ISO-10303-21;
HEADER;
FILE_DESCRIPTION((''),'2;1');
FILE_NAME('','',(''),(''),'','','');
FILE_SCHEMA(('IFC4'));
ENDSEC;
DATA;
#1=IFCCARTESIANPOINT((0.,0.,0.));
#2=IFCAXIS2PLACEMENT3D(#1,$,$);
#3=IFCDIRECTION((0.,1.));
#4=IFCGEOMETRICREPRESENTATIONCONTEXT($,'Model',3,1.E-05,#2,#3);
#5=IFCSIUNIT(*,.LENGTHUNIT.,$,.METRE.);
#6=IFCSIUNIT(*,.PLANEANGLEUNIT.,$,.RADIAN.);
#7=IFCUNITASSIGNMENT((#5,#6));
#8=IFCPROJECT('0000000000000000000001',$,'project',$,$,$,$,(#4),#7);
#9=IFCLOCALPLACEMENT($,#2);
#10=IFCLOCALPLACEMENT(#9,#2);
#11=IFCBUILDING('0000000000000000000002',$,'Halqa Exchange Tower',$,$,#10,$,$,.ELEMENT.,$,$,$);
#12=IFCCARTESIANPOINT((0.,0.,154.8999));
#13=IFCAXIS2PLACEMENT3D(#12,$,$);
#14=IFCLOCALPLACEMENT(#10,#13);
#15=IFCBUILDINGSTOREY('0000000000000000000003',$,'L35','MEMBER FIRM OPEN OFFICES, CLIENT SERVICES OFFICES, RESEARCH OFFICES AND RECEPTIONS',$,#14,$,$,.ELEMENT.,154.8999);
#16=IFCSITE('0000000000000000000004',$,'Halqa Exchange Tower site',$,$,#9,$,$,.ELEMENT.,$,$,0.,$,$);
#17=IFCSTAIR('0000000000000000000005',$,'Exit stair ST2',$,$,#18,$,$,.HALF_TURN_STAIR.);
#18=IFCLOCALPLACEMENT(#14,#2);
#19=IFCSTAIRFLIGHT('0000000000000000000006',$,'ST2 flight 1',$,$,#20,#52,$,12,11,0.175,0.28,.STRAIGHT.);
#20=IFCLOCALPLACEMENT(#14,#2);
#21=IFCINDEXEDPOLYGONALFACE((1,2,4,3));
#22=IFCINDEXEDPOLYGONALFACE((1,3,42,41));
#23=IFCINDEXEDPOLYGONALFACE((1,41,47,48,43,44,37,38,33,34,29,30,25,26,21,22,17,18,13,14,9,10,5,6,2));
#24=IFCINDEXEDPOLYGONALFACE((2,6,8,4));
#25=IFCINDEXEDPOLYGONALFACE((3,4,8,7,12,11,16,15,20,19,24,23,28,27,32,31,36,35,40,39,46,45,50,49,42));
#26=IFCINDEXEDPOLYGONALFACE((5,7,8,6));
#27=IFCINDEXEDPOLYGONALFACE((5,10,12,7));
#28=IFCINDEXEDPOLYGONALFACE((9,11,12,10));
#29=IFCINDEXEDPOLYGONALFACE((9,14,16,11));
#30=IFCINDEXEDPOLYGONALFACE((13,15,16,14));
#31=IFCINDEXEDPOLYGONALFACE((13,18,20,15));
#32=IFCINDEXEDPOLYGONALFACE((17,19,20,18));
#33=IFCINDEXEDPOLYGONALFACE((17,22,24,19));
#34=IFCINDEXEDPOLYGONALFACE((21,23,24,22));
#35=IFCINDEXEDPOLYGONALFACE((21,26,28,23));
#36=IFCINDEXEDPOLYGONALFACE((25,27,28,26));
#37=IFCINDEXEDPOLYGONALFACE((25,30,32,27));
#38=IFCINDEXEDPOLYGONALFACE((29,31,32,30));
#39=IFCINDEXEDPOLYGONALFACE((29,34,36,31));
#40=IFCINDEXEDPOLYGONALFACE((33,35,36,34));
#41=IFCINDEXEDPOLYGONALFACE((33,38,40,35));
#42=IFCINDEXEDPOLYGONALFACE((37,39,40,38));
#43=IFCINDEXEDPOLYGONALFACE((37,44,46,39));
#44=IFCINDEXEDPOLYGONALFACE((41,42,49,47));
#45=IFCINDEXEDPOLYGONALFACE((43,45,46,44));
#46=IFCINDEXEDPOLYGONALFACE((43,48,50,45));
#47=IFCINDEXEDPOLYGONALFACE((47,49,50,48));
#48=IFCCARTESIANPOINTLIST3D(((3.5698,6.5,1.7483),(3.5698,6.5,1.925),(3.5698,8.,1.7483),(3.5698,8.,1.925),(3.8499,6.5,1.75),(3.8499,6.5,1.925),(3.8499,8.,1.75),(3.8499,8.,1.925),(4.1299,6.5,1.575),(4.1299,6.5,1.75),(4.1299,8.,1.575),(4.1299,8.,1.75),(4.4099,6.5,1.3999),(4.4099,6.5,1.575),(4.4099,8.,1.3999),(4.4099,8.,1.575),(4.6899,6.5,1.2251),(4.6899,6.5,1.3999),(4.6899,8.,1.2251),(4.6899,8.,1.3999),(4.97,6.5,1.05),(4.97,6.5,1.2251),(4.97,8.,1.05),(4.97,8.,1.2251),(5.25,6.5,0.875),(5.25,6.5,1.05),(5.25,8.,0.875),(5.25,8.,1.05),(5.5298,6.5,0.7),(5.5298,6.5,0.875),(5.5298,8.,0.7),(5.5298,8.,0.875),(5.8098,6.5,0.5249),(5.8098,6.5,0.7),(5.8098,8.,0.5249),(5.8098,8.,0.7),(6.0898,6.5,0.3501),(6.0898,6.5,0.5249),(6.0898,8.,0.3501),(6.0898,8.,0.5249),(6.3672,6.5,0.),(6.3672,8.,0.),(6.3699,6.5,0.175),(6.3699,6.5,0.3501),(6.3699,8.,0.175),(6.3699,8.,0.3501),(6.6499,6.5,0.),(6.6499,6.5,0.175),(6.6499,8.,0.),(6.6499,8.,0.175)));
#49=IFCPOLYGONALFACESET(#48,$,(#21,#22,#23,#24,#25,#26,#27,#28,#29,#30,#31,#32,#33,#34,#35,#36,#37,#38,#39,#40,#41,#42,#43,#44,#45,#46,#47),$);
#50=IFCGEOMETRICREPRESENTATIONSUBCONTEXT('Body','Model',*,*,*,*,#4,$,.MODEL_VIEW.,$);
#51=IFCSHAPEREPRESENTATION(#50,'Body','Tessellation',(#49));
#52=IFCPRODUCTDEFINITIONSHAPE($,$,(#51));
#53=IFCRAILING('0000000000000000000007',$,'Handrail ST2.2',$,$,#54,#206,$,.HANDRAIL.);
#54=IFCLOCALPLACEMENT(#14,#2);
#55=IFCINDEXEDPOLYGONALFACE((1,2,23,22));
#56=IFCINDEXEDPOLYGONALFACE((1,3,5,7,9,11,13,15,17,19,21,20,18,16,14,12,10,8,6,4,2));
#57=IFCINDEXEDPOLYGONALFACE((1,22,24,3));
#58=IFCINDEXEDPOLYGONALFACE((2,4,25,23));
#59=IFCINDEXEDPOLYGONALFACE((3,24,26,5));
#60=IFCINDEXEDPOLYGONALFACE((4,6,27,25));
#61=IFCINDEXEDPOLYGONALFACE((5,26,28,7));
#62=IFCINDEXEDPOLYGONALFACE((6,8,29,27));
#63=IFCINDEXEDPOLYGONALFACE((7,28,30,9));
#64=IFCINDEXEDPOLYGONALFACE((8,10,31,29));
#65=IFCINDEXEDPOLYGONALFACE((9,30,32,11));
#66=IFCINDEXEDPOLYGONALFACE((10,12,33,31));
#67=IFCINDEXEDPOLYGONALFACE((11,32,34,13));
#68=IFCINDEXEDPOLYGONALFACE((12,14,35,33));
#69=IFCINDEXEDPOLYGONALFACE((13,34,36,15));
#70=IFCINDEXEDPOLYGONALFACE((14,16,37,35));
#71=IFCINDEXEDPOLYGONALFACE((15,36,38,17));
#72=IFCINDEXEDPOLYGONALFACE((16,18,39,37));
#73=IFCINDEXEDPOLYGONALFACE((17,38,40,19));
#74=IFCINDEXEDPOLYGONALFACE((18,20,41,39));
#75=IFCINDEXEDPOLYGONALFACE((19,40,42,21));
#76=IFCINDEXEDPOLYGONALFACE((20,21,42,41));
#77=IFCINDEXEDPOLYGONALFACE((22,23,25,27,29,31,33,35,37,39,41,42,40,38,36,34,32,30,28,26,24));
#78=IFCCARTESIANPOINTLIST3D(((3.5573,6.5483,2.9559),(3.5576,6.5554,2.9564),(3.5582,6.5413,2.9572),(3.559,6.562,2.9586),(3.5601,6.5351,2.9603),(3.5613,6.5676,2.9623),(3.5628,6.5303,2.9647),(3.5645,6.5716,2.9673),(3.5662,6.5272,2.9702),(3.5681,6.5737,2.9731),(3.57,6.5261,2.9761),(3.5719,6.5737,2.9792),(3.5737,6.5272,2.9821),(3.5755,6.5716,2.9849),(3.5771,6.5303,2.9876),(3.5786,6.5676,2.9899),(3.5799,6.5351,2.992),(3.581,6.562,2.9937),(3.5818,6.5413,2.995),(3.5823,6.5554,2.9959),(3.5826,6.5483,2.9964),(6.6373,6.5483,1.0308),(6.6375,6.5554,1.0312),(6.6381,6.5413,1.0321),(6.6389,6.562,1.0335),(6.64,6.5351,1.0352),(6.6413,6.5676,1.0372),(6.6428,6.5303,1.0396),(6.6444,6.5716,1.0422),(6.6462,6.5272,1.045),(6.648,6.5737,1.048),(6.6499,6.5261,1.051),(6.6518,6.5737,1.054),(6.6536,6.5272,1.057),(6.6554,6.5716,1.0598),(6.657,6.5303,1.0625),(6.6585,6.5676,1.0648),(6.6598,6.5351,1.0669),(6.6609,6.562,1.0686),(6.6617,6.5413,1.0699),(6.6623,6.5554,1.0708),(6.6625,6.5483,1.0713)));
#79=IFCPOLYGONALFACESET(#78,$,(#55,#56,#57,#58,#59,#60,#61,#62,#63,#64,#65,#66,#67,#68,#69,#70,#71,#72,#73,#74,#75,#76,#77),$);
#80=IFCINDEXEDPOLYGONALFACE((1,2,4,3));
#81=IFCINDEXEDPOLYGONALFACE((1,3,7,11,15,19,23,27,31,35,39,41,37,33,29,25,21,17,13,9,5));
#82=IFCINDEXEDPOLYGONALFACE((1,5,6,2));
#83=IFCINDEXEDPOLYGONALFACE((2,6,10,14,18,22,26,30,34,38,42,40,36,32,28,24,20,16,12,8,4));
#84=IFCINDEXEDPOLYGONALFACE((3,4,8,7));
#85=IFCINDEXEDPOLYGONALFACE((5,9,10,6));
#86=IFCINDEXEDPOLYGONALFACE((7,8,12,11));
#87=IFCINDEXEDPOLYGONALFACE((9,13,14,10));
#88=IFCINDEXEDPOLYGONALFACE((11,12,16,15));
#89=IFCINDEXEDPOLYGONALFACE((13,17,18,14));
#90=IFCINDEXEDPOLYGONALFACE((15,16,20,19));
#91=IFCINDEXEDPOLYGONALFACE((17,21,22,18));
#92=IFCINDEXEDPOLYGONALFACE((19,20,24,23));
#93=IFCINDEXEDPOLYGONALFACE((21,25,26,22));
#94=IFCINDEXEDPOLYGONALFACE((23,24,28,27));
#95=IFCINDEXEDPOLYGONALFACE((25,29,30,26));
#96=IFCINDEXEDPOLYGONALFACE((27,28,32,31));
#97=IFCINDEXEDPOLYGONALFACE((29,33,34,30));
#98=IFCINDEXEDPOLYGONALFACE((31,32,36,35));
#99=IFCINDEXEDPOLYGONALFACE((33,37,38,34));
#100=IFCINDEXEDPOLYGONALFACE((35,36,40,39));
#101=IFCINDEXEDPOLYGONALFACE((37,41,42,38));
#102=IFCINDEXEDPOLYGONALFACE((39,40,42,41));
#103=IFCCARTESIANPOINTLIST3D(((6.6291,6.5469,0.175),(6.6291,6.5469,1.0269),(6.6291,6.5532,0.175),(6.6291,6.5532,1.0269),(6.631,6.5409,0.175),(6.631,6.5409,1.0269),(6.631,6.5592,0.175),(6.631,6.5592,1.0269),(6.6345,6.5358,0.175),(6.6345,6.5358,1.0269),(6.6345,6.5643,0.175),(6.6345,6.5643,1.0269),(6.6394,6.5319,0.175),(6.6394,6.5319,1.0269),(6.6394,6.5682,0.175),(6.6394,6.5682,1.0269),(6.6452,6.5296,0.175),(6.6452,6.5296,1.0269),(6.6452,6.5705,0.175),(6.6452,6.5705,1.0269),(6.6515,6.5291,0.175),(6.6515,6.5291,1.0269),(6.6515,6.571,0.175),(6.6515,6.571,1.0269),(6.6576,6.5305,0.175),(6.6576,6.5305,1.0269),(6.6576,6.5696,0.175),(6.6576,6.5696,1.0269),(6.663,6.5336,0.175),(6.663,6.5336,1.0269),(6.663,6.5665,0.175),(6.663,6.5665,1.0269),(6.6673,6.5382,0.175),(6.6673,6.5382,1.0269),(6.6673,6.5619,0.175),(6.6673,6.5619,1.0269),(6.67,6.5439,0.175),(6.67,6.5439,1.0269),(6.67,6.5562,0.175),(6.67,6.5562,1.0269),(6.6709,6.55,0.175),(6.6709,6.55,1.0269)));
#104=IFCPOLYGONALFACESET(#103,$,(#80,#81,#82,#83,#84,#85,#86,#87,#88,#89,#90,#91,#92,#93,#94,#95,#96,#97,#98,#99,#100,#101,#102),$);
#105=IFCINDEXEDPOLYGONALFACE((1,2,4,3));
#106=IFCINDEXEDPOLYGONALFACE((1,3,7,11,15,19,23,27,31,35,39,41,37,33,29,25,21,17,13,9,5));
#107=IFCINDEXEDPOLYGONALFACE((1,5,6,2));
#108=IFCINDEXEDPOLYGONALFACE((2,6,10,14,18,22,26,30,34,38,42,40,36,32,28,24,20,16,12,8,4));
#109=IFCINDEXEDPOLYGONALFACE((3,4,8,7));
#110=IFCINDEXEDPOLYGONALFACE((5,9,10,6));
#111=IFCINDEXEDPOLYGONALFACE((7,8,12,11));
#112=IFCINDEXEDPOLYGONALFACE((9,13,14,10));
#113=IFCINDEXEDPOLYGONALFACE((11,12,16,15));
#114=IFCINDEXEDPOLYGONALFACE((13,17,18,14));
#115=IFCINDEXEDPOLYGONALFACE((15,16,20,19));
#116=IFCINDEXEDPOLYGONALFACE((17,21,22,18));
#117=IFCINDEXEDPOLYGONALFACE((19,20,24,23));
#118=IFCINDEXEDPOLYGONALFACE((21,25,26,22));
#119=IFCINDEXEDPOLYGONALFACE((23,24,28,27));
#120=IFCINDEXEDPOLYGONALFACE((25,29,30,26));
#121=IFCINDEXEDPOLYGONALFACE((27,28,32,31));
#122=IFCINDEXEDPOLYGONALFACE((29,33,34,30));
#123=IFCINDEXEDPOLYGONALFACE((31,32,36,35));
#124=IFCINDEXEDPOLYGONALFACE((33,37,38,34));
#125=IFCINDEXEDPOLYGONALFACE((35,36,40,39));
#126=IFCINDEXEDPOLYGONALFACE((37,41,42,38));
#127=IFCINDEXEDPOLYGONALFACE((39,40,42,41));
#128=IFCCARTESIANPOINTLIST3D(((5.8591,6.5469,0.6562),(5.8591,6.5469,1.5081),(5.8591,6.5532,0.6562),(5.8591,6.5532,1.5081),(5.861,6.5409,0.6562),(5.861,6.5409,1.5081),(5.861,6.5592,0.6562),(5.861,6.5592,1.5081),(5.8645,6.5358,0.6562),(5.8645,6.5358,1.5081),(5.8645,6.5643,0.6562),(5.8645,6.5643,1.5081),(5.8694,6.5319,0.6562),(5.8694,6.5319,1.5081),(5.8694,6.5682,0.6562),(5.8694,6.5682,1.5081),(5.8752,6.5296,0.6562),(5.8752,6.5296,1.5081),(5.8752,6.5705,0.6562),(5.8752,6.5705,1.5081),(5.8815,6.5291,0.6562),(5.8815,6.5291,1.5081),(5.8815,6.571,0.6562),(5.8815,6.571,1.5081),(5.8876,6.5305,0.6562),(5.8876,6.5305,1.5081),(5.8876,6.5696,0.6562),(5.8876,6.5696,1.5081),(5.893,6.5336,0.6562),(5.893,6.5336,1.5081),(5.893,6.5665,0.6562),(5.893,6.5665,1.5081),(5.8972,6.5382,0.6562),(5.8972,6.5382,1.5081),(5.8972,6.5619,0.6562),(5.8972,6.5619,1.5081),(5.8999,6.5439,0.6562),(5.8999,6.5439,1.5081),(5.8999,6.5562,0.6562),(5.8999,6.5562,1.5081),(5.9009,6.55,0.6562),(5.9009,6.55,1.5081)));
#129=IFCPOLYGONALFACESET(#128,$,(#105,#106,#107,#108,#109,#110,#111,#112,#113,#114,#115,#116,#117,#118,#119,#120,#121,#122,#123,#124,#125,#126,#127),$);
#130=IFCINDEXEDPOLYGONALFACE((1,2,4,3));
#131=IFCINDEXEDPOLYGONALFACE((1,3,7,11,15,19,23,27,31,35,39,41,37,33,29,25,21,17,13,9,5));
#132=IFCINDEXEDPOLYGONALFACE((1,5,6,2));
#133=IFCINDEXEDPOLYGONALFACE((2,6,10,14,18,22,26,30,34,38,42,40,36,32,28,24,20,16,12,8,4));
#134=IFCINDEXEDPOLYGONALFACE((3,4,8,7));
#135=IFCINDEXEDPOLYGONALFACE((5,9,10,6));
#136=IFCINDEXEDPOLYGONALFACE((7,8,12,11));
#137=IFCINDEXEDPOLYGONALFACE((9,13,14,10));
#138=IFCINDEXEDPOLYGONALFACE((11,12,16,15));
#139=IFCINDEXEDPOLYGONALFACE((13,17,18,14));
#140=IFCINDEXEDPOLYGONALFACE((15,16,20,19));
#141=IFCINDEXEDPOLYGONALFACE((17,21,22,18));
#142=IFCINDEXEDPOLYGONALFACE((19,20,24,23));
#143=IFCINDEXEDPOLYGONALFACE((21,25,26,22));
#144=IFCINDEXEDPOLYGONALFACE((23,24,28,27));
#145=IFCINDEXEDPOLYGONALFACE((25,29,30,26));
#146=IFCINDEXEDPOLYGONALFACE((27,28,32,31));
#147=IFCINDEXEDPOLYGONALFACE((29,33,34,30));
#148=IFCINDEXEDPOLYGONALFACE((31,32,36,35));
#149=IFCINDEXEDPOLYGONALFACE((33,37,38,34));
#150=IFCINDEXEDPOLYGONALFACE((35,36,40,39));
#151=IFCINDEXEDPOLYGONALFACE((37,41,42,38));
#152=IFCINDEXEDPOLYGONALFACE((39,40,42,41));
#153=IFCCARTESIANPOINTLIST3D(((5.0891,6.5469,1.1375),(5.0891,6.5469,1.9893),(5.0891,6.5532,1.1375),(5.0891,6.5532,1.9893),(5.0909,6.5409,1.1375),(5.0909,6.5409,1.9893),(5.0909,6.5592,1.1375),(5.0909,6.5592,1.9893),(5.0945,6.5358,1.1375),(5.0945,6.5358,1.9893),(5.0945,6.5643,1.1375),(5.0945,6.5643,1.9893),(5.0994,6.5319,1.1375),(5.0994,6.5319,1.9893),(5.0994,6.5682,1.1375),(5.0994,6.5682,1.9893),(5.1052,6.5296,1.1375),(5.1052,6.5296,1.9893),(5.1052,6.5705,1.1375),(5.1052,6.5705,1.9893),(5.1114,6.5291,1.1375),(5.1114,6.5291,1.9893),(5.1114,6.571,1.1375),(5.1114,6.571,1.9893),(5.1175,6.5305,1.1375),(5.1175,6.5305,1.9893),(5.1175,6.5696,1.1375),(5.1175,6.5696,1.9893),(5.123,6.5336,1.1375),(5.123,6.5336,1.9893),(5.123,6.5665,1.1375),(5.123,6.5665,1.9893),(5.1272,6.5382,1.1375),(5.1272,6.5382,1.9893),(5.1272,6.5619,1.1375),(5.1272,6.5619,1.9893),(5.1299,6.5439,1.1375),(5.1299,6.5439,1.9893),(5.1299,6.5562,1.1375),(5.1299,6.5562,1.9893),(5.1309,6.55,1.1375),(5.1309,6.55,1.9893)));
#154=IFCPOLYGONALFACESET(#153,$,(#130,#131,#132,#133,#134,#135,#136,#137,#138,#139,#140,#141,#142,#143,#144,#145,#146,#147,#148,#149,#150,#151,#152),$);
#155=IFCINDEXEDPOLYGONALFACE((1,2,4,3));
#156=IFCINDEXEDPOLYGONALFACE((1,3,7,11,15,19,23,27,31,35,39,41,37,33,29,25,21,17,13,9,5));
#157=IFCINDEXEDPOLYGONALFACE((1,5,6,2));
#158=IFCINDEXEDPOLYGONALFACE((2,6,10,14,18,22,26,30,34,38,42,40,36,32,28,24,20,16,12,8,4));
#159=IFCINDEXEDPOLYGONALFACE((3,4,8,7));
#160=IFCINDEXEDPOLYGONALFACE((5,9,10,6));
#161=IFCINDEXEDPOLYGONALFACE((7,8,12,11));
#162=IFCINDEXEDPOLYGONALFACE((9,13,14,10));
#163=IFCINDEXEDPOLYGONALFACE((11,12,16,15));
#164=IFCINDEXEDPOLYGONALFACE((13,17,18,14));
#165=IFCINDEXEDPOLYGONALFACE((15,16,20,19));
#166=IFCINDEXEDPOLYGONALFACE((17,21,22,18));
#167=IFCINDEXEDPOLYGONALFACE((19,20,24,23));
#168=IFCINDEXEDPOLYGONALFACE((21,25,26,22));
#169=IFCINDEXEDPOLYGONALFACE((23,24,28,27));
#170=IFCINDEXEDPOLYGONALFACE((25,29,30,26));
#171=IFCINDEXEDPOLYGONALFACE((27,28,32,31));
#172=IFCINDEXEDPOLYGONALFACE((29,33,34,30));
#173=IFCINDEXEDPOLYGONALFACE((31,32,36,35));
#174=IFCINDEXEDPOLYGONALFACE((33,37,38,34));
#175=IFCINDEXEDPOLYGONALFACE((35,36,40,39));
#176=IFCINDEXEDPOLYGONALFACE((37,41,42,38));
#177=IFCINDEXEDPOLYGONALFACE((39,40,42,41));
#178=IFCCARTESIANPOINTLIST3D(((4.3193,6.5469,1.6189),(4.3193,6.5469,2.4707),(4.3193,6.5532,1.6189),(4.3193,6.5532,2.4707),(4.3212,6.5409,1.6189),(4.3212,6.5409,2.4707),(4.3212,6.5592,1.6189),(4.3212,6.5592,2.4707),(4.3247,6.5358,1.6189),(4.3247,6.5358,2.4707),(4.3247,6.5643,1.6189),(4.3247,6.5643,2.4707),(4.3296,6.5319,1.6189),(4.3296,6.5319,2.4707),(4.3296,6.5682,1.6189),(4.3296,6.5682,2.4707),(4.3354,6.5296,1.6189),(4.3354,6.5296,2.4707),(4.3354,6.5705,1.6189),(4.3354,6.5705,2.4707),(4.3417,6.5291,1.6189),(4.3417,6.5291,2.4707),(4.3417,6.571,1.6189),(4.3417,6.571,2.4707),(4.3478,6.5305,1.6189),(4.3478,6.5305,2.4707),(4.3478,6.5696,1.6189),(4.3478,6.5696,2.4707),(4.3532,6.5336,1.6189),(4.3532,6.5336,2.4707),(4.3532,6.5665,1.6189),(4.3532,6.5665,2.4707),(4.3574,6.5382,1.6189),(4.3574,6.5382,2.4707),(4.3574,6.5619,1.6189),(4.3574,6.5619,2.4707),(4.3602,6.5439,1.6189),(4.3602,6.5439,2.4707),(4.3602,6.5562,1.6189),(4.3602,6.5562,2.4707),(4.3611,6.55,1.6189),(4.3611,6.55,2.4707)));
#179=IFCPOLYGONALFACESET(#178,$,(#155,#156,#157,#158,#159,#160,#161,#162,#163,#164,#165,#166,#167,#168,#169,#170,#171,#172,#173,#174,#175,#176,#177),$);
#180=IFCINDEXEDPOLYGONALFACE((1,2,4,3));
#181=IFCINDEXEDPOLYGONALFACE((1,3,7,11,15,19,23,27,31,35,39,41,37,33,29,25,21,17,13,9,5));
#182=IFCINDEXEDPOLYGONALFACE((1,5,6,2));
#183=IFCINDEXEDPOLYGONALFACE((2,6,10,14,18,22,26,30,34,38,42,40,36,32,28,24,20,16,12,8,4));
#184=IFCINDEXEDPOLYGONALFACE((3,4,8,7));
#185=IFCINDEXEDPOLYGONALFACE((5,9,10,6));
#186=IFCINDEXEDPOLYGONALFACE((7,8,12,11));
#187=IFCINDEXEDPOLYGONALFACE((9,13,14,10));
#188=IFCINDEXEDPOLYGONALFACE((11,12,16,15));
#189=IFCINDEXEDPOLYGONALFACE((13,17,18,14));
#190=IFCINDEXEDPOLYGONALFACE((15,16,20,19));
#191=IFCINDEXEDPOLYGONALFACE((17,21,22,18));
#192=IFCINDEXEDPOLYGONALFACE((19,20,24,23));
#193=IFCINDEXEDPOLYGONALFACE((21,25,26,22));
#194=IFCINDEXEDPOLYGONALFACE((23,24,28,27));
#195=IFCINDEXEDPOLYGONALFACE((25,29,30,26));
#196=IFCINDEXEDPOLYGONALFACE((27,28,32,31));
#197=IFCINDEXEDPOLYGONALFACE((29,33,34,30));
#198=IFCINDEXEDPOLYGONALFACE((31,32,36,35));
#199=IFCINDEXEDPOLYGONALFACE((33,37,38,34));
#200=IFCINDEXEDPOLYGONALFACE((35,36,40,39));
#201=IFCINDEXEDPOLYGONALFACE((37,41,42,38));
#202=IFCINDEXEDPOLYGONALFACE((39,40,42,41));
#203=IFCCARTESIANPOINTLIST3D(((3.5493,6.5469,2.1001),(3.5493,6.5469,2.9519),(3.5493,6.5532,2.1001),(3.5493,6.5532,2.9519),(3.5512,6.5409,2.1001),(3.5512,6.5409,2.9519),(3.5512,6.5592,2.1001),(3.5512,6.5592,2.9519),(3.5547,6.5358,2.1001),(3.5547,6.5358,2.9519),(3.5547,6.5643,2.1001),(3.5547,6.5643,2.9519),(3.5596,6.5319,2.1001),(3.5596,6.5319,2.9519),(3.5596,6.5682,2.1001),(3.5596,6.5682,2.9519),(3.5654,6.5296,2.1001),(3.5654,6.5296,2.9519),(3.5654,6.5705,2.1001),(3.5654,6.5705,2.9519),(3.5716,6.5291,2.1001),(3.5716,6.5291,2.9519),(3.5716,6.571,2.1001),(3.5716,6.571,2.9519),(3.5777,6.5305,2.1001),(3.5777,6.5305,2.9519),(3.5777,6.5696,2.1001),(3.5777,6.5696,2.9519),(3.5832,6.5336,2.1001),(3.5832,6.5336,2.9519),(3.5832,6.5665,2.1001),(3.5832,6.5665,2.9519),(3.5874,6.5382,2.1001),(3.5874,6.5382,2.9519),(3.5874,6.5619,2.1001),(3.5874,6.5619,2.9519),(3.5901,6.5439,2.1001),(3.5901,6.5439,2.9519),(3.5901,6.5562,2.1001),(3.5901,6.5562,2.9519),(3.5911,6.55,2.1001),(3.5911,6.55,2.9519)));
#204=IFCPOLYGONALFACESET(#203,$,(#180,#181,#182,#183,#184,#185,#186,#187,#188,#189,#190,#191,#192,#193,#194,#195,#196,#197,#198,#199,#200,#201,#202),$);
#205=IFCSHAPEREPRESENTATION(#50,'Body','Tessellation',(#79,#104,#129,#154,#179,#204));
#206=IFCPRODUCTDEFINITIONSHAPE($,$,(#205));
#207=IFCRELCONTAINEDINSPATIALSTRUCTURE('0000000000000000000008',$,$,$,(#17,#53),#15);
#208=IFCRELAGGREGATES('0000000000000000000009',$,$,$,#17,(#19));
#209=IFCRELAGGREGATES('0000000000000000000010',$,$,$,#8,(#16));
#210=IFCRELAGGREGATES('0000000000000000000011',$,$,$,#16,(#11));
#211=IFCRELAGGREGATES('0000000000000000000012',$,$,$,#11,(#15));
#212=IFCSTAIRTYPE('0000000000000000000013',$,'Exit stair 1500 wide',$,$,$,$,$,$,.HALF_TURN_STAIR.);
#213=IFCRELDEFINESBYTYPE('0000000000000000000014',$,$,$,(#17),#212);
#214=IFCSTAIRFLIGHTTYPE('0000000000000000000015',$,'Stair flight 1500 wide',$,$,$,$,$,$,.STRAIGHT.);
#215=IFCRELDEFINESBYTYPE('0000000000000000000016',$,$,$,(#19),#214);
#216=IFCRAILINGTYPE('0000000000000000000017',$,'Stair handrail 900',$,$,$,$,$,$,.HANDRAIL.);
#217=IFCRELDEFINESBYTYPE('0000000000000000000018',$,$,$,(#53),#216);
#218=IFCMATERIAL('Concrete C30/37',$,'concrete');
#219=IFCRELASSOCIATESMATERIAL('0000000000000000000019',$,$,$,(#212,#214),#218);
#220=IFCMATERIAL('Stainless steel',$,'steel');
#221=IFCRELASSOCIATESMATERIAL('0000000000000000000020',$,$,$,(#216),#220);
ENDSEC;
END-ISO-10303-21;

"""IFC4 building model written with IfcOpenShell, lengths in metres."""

from ifc_helpers import new_model, si_unit, direction, frame, origin, origin_2d, place, context, subcontext, project, spatial, polyline, circle, outline, extrude, material, type_object, element, aggregate, save


model = new_model("IFC4")

# Units and contexts
model_context = context("Model", 3, precision=1e-05, world=origin(), true_north=direction((0.0, 1.0)))
body_context = subcontext(model_context, "Body", "Model", "MODEL_VIEW")
ifc_project = project(units=[si_unit("LENGTHUNIT", "METRE"), si_unit("PLANEANGLEUNIT", "RADIAN")], contexts=[model_context])

# Site, building, storey
site_placement = place(None, origin())
site = spatial("IfcSite", under=ifc_project, at=site_placement, Name="Halqa Exchange Tower site", CompositionType="ELEMENT", RefElevation=0.0)
building_placement = place(site_placement, origin())
building = spatial("IfcBuilding", under=site, at=building_placement, Name="Halqa Exchange Tower", CompositionType="ELEMENT")
storey_placement = place(building_placement, frame((0.0, 0.0, 154.8999)))
storey = spatial("IfcBuildingStorey", under=building, at=storey_placement, Name="L35", Description="MEMBER FIRM OPEN OFFICES, CLIENT SERVICES OFFICES, RESEARCH OFFICES AND RECEPTIONS", CompositionType="ELEMENT", Elevation=154.8999)

# Stair
ifc_material_1 = material(Name="Concrete C30/37", Category="concrete")
stair_type = type_object("IfcStairType", Name="Exit stair 1500 wide", PredefinedType="HALF_TURN_STAIR", material=ifc_material_1)
stair_1_placement = place(storey_placement, origin())
stair_1 = element("IfcStair", 1, at=stair_1_placement, inside=storey, type_object=stair_type, Name="Exit stair ST2", PredefinedType="HALF_TURN_STAIR")

# Stair flight
stair_flight_type = type_object("IfcStairFlightType", Name="Stair flight 1500 wide", PredefinedType="STRAIGHT", material=ifc_material_1)
stair_flight_placement = place(storey_placement, frame((6.6499, 7.25, 0.0), z_axis=(0.0, 0.0, 1.0), x_axis=(-1.0, 0.0, 0.0)))
stair_flight = element("IfcStairFlight", 2, at=stair_flight_placement, type_object=stair_flight_type, Name="ST2 flight 1", NumberOfRisers=12, NumberOfTreads=11, PredefinedType="STRAIGHT", RiserHeight=0.175, TreadLength=0.28, context=body_context, shape_type="SweptSolid", body=[
    extrude(outline(polyline([(0.0, 0.0), (0.0, 0.175), (0.28, 0.175), (0.28, 0.3501), (0.5601, 0.3501), (0.5601, 0.5249), (0.8401, 0.5249), (0.8401, 0.7), (1.1201, 0.7), (1.1201, 0.875), (1.3999, 0.875), (1.3999, 1.05), (1.6799, 1.05), (1.6799, 1.2251), (1.96, 1.2251), (1.96, 1.3999), (2.24, 1.3999), (2.24, 1.575), (2.52, 1.575), (2.52, 1.75), (2.8, 1.75), (2.8, 1.925), (3.0801, 1.925), (3.0801, 2.1001), (3.0801, 1.7483), (0.2827, 0.0), (0.0, 0.0)])), frame((0.0, 0.75, 0.0), z_axis=(0.0, -1.0, 0.0), x_axis=(1.0, 0.0, 0.0)), (0.0, 0.0, 1.0), 1.5),
])
aggregate(stair_1, [stair_flight])

# Railing
ifc_material_2 = material(Name="Stainless steel", Category="steel")
railing_type_1 = type_object("IfcRailingType", Name="Stair handrail 900", PredefinedType="HANDRAIL", material=ifc_material_2)
railing_1_placement = place(storey_placement, frame((6.6499, 6.55, 0.175)))
element("IfcRailing", 3, at=railing_1_placement, inside=storey, type_object=railing_type_1, Name="Handrail ST2.2", PredefinedType="HANDRAIL", context=body_context, shape_type="SweptSolid", body=[
    extrude(circle(Radius=0.0239, at=origin_2d()), frame((0.0, 0.0, 0.876), z_axis=(-0.847979, 0.0, 0.530029), x_axis=(0.0, -1.0, 0.0)), (0.0, 0.0, 1.0), 3.6321),
    extrude(circle(Radius=0.021, at=origin_2d()), origin(), (0.0, 0.0, 1.0), 0.8518),
    extrude(circle(Radius=0.021, at=origin_2d()), frame((-0.77, 0.0, 0.4812)), (0.0, 0.0, 1.0), 0.8518),
    extrude(circle(Radius=0.021, at=origin_2d()), frame((-1.54, 0.0, 0.9624)), (0.0, 0.0, 1.0), 0.8518),
    extrude(circle(Radius=0.021, at=origin_2d()), frame((-2.3098, 0.0, 1.4438)), (0.0, 0.0, 1.0), 0.8518),
    extrude(circle(Radius=0.021, at=origin_2d()), frame((-3.0798, 0.0, 1.925)), (0.0, 0.0, 1.0), 0.8518),
])

save(model, "model.ifc")
